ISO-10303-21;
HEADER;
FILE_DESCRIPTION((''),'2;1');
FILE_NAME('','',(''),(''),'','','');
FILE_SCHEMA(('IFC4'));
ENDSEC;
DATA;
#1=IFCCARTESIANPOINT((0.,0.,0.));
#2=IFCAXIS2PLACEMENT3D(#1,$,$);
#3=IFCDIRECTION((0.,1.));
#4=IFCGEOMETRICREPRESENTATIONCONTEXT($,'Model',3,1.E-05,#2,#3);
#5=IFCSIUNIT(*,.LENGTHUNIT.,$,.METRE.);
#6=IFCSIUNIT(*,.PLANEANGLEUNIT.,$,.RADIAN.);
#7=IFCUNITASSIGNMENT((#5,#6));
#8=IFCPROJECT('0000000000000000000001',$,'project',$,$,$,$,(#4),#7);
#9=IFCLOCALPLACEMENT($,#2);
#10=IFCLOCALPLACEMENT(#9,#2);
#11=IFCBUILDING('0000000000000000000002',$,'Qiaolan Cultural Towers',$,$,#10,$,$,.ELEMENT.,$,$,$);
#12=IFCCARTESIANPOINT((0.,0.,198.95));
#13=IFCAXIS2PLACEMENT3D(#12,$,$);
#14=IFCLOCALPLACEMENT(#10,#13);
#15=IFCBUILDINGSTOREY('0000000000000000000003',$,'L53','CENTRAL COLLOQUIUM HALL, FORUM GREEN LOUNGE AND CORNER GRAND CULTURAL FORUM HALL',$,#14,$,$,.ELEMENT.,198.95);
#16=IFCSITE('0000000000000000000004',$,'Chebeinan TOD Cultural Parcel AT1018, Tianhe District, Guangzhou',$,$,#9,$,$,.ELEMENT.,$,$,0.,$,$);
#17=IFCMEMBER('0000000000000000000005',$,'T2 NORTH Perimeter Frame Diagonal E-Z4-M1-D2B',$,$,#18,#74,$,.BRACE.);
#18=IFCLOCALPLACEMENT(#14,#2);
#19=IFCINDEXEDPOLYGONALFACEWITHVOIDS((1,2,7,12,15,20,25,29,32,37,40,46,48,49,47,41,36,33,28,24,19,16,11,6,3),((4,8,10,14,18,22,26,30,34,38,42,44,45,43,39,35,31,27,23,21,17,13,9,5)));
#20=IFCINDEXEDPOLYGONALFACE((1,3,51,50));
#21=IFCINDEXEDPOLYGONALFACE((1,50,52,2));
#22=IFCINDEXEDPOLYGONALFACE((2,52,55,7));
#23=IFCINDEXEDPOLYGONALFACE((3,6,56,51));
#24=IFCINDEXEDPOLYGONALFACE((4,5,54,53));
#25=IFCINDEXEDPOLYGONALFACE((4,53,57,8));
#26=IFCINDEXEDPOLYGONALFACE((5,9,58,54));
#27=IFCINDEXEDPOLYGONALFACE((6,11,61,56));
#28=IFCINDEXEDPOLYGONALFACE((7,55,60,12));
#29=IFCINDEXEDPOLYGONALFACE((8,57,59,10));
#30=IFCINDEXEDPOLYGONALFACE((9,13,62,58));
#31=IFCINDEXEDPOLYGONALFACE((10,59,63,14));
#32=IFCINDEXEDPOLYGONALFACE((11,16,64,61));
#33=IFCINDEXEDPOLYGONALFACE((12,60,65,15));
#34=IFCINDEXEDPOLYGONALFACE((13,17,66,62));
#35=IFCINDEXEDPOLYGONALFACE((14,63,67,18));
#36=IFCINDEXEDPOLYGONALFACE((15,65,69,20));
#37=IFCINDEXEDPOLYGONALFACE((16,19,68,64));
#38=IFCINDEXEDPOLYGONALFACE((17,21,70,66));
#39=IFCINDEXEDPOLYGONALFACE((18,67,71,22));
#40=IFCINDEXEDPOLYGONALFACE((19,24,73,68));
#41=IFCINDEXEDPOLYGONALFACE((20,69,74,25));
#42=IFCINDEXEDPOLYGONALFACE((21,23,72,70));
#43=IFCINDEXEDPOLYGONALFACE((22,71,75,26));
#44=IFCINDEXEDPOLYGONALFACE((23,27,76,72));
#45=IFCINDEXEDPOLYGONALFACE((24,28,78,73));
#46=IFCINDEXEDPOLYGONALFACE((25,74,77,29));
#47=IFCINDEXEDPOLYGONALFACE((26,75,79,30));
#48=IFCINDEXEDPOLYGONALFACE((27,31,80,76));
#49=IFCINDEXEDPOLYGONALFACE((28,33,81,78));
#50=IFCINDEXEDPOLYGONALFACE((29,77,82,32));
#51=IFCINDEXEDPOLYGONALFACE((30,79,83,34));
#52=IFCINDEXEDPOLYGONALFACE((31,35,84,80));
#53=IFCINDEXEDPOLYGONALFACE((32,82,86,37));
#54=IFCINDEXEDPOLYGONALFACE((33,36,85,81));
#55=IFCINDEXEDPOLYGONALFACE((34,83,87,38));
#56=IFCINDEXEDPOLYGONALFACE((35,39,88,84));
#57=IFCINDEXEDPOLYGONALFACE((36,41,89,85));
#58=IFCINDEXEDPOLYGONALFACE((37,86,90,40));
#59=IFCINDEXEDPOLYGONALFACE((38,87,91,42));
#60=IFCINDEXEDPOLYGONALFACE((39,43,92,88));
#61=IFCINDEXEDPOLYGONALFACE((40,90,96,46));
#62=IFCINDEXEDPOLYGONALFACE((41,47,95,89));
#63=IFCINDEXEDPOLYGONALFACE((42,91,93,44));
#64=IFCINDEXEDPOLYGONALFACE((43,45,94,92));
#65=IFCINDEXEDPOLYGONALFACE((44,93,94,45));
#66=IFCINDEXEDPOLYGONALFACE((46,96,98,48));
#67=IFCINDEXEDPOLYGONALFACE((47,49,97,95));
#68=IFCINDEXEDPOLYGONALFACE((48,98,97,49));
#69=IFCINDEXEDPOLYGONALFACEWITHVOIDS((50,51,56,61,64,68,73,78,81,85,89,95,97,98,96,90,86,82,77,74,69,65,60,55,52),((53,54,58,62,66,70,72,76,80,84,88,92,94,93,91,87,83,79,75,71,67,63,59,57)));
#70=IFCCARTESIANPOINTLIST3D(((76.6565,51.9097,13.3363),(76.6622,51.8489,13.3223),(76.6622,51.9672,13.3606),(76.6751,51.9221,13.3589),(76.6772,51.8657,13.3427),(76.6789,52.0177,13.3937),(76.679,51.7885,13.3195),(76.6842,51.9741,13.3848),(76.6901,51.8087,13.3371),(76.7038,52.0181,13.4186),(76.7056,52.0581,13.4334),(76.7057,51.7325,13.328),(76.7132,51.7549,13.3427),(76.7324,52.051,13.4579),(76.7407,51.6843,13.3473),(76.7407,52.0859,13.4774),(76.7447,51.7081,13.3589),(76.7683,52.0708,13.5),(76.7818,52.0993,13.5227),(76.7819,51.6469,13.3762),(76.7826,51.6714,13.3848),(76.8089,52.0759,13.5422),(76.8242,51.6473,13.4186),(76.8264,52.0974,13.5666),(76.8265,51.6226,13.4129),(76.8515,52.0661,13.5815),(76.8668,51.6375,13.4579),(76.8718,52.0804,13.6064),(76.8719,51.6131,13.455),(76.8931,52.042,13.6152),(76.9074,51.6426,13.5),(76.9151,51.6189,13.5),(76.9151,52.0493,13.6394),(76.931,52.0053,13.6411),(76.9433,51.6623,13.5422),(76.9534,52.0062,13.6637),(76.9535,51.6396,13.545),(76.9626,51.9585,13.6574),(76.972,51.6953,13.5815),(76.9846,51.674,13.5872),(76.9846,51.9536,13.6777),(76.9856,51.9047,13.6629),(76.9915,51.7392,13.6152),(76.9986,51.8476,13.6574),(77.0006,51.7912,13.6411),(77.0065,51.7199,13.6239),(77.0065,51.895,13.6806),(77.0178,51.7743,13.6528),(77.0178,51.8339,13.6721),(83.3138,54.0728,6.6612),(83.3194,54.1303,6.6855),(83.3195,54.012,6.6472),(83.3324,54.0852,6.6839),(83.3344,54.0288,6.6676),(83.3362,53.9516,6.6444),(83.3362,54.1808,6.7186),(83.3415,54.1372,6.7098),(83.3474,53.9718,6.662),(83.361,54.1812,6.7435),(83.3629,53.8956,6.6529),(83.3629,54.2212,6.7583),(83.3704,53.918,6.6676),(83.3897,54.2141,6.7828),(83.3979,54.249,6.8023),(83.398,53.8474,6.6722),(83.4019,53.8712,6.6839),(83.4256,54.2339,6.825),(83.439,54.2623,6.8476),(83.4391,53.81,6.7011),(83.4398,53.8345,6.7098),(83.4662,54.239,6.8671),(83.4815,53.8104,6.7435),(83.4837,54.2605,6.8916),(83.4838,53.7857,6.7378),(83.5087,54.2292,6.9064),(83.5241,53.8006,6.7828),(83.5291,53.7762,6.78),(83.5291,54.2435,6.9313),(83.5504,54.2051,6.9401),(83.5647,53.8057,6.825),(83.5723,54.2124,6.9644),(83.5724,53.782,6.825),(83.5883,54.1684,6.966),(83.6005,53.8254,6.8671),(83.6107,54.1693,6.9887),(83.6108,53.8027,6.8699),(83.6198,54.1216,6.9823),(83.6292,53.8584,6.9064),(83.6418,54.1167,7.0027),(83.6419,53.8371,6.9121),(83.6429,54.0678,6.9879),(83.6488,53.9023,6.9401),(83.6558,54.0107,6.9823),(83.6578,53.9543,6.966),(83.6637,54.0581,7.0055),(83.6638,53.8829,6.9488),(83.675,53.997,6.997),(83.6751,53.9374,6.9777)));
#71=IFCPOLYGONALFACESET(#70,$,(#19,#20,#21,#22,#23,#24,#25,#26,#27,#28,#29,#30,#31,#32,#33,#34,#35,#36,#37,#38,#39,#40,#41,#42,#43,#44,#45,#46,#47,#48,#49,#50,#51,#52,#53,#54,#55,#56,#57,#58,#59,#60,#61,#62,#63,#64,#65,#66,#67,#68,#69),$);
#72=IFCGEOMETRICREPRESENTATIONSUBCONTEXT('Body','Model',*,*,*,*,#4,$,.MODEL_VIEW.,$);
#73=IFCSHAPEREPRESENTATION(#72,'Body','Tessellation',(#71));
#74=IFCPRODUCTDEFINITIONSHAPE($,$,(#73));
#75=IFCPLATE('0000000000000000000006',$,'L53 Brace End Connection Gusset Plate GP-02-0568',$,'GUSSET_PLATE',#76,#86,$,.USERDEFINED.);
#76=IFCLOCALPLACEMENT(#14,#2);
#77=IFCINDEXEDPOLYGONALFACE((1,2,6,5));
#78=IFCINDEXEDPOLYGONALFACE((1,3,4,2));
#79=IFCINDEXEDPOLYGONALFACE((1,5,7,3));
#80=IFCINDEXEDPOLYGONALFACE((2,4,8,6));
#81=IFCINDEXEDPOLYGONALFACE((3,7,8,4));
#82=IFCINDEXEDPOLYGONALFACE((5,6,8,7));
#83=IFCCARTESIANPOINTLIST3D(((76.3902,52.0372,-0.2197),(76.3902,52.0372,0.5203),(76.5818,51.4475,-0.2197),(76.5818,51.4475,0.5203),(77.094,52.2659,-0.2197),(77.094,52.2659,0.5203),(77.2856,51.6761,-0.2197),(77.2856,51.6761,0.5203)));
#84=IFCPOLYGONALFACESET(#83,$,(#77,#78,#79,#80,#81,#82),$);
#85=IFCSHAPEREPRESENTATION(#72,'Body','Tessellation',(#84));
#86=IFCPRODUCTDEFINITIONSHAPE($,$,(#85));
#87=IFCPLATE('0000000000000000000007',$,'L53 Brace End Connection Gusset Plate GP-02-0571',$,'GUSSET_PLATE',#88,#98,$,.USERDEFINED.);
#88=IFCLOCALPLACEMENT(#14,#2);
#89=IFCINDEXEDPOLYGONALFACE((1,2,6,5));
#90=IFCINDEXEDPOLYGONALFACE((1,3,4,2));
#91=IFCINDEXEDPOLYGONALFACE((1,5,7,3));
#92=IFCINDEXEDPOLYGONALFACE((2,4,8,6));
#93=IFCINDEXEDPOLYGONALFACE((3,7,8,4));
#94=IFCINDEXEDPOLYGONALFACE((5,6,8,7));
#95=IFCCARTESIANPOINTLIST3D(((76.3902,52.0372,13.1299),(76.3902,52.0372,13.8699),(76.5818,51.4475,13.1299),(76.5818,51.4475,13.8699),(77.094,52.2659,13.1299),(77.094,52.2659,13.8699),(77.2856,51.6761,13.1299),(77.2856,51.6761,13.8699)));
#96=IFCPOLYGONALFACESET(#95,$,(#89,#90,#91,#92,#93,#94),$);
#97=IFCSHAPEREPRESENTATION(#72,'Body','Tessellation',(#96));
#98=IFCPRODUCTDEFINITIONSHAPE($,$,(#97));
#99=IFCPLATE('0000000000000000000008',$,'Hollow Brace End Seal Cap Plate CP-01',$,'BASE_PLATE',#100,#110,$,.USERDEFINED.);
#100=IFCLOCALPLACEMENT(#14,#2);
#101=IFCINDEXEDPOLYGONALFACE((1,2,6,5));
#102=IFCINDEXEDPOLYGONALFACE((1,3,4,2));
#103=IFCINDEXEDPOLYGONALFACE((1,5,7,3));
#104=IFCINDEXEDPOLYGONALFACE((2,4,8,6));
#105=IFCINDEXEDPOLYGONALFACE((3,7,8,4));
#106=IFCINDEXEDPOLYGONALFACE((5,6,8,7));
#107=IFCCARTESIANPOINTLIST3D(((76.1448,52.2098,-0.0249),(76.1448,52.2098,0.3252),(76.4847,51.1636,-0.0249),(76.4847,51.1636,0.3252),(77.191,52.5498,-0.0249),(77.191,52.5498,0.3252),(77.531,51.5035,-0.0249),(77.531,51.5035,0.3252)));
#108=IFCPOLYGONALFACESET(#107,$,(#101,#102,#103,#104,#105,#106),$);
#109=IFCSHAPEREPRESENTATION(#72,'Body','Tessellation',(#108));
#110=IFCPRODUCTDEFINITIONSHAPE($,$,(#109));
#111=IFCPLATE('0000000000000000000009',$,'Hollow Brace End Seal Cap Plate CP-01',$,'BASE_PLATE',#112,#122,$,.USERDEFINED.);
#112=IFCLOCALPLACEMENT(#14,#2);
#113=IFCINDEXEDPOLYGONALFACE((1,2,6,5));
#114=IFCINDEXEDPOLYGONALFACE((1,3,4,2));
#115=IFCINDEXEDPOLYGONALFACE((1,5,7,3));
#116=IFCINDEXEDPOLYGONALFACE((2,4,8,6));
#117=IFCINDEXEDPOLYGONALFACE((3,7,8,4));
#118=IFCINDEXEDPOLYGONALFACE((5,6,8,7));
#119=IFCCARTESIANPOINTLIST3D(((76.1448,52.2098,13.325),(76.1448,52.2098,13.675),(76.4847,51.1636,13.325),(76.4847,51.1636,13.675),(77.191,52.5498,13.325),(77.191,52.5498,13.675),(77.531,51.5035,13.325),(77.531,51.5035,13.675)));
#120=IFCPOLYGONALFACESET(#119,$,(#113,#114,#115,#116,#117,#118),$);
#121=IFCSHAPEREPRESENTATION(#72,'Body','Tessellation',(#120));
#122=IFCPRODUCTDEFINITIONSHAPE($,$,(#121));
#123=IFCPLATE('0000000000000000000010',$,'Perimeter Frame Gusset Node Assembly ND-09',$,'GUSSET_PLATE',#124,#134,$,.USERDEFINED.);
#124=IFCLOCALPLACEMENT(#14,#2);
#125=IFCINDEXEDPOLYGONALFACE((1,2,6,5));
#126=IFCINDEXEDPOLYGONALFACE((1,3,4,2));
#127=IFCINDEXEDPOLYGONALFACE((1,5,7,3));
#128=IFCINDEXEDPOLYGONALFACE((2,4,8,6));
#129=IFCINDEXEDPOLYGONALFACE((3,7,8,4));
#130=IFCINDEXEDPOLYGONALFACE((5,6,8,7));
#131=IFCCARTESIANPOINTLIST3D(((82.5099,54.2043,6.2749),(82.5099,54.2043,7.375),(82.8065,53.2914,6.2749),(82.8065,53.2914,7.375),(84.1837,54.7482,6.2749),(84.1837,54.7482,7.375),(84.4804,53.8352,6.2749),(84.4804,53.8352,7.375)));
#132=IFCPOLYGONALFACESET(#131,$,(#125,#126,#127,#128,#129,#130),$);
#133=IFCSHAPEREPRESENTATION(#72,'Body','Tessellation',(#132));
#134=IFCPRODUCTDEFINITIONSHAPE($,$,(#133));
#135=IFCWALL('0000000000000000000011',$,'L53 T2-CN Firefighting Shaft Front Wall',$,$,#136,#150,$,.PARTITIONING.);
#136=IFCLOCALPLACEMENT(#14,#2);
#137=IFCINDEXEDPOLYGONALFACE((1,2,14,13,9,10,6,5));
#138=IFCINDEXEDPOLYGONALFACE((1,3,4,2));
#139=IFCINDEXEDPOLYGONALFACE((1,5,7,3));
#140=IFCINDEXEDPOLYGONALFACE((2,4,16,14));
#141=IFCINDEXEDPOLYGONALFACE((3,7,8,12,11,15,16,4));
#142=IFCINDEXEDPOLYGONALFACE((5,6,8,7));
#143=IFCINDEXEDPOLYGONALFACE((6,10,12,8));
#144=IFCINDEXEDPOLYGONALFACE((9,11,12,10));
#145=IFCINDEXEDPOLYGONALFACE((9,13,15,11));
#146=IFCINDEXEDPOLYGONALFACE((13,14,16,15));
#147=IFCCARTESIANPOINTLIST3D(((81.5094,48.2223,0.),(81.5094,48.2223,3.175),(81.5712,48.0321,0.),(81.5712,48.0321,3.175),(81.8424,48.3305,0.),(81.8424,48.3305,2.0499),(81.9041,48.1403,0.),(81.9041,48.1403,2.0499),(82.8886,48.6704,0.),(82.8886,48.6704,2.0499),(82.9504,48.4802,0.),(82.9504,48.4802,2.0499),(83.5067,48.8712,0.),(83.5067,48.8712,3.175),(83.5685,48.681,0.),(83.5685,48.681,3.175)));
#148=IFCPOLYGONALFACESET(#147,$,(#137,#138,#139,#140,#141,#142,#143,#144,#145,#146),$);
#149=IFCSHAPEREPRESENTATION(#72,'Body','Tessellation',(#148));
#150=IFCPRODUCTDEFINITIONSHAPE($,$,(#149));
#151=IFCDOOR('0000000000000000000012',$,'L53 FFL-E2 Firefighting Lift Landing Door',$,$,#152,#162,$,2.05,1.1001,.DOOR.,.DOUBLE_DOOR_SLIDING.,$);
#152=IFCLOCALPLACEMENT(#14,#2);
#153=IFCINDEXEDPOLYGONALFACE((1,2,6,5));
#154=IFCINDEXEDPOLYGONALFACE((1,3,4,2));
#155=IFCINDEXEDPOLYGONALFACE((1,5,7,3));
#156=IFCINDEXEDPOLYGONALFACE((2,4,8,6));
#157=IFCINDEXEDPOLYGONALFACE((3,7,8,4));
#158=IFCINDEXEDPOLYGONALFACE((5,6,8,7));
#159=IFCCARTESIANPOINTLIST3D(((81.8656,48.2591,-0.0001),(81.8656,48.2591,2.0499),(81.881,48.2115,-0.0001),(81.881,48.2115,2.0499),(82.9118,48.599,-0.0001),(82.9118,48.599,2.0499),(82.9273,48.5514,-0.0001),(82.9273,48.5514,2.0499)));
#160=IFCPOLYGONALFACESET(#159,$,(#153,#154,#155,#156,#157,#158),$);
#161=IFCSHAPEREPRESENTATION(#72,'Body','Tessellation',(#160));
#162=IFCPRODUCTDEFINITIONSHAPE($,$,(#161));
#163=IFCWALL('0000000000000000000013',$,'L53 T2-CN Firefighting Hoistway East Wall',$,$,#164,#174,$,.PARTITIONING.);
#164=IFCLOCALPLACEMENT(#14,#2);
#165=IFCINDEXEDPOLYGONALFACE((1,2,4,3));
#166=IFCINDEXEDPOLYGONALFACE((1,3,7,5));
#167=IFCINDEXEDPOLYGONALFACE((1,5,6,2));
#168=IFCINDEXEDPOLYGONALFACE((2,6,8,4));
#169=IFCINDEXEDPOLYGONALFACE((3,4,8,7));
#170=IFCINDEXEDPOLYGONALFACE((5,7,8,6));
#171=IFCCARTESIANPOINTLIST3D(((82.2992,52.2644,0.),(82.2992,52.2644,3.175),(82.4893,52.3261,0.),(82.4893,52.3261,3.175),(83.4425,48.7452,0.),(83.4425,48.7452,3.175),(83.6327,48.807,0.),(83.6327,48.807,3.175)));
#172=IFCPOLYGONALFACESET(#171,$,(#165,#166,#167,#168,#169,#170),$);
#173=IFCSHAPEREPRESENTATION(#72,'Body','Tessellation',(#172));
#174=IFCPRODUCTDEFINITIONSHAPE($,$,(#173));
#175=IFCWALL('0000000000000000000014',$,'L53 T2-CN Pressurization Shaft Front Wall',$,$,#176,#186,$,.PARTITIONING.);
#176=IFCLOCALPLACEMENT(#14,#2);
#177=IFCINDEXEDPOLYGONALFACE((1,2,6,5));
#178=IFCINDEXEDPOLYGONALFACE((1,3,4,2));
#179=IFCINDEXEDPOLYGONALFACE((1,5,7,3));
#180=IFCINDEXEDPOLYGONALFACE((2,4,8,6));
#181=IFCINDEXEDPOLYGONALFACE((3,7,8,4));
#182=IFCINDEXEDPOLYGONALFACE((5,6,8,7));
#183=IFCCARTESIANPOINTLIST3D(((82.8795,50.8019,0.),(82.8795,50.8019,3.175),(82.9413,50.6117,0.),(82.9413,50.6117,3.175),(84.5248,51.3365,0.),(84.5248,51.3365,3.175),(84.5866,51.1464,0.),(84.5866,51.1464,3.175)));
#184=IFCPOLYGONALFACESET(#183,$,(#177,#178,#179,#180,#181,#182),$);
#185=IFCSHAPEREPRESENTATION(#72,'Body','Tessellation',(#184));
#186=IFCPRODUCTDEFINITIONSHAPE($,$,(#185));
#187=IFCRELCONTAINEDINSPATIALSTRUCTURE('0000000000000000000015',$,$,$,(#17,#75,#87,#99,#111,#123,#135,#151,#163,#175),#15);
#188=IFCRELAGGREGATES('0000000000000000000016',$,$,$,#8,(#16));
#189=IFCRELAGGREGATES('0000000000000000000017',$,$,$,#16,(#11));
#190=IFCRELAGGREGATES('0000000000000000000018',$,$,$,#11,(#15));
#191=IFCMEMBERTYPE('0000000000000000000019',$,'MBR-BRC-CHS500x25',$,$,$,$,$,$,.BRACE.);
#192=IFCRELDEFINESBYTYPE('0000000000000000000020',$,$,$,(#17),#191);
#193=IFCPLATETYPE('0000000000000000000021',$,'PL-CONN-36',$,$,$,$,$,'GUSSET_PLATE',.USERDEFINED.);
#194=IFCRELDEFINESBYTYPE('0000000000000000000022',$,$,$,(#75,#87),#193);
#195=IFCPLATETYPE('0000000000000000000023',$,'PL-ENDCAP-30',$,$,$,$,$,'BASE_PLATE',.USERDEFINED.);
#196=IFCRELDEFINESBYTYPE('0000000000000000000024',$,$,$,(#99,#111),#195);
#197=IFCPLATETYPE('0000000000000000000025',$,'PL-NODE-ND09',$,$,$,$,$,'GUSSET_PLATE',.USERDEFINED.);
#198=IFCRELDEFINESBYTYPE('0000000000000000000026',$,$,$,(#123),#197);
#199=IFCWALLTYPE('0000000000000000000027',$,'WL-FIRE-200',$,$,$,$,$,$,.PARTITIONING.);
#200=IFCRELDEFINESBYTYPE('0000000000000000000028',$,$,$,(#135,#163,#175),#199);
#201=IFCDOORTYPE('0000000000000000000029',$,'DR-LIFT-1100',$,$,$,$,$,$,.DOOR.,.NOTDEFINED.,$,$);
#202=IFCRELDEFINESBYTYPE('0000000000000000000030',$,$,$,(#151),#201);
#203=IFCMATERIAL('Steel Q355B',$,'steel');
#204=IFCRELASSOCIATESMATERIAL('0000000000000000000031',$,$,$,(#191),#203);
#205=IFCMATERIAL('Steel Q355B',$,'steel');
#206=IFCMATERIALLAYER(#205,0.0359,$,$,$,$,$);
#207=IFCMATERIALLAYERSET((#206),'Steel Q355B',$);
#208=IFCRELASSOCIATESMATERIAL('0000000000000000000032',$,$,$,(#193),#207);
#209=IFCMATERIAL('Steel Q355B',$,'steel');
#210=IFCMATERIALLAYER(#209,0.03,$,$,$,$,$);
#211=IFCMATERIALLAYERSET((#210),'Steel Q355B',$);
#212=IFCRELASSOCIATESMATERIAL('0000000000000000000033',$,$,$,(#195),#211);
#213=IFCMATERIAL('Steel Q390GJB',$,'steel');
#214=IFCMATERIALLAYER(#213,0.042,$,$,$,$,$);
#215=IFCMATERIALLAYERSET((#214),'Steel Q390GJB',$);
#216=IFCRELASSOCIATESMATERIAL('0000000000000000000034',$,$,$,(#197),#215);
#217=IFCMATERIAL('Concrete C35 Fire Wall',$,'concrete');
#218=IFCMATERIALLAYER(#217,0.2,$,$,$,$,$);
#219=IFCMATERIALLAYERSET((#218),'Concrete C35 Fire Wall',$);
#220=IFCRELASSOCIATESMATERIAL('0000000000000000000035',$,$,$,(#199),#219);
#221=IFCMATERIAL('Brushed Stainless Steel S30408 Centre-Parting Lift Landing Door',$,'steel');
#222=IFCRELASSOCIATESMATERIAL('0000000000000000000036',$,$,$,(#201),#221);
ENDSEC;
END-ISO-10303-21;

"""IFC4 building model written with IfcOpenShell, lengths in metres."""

from ifc_helpers import new_model, si_unit, direction, frame, frame_2d, origin, origin_2d, place, context, subcontext, project, spatial, rectangle, hollow_circle, extrude, material, layer, layer_set, material_profile, profile_set, type_object, element, fill, save


model = new_model("IFC4")

# Units and contexts
model_context = context("Model", 3, precision=1e-05, world=origin(), true_north=direction((0.0, 1.0)))
body_context = subcontext(model_context, "Body", "Model", "MODEL_VIEW")
ifc_project = project(units=[si_unit("LENGTHUNIT", "METRE"), si_unit("PLANEANGLEUNIT", "RADIAN")], contexts=[model_context])

# Site, building, storey
site_placement = place(None, origin())
site = spatial("IfcSite", under=ifc_project, at=site_placement, Name="Chebeinan TOD Cultural Parcel AT1018, Tianhe District, Guangzhou", CompositionType="ELEMENT", RefElevation=0.0)
building_placement = place(site_placement, origin())
building = spatial("IfcBuilding", under=site, at=building_placement, Name="Qiaolan Cultural Towers", CompositionType="ELEMENT")
storey_placement = place(building_placement, frame((0.0, 0.0, 198.95)))
storey = spatial("IfcBuildingStorey", under=building, at=storey_placement, Name="L53", Description="CENTRAL COLLOQUIUM HALL, FORUM GREEN LOUNGE AND CORNER GRAND CULTURAL FORUM HALL", CompositionType="ELEMENT", Elevation=198.95)

# Member
ifc_material_1 = material(Name="Steel Q355B", Category="steel")
ifc_material_profile_1 = material_profile(ifc_material_1, hollow_circle(Radius=0.25, WallThickness=0.0249, at=origin_2d()), Name="CHS500x25")
ifc_profile_set_1 = profile_set([ifc_material_profile_1], Name="Steel Q355B")
member_type = type_object("IfcMemberType", Name="MBR-BRC-CHS500x25", PredefinedType="BRACE", material=ifc_profile_set_1)
member_1_placement = place(storey_placement, frame((83.4951, 54.0198, 6.825), z_axis=(-0.688276, -0.223637, 0.690118), x_axis=(0.30902, -0.951056, 0.0)))
element("IfcMember", 1, at=member_1_placement, inside=storey, type_object=member_type, Name="T2 NORTH Perimeter Frame Diagonal E-Z4-M1-D2B", PredefinedType="BRACE", context=body_context, shape_type="SweptSolid", body=[
    extrude(hollow_circle(Radius=0.25, WallThickness=0.0249, at=origin_2d()), origin(), (0.0, 0.0, 1.0), 9.6724),
])

# Plates
ifc_material_2 = material(Name="Steel Q355B", Category="steel")
ifc_layer_1 = layer(ifc_material_2, 0.0359)
ifc_layer_set_1 = layer_set([ifc_layer_1], Name="Steel Q355B")
plate_type_1 = type_object("IfcPlateType", Name="PL-CONN-36", ElementType="GUSSET_PLATE", PredefinedType="USERDEFINED", material=ifc_layer_set_1)
for number, where, z_axis, x_axis, name in (
    (2, (76.8379, 51.8567, -0.2197), (0.0, 0.0, 1.0), (0.951057, 0.309017, 0.0), "L53 Brace End Connection Gusset Plate GP-02-0568"),
    (3, (76.8379, 51.8567, 13.1299), (0.0, 0.0, 1.0), (0.951057, 0.309017, 0.0), "L53 Brace End Connection Gusset Plate GP-02-0571"),
):
    element("IfcPlate", number, at=place(storey_placement, frame(where, z_axis=z_axis, x_axis=x_axis)), inside=storey, type_object=plate_type_1, Name=name, ObjectType="GUSSET_PLATE", PredefinedType="USERDEFINED", context=body_context, shape_type="SweptSolid", body=[
        extrude(rectangle(XDim=0.74, YDim=0.6201, at=origin_2d()), origin(), (0.0, 0.0, 1.0), 0.74),
    ])
ifc_material_3 = material(Name="Steel Q355B", Category="steel")
ifc_layer_2 = layer(ifc_material_3, 0.03)
ifc_layer_set_2 = layer_set([ifc_layer_2], Name="Steel Q355B")
plate_type_2 = type_object("IfcPlateType", Name="PL-ENDCAP-30", ElementType="BASE_PLATE", PredefinedType="USERDEFINED", material=ifc_layer_set_2)
for number, where, z_axis, x_axis, name in (
    (4, (76.8379, 51.8567, -0.0249), (0.0, 0.0, 1.0), (0.951057, 0.309017, 0.0), "Hollow Brace End Seal Cap Plate CP-01"),
    (5, (76.8379, 51.8567, 13.325), (0.0, 0.0, 1.0), (0.951057, 0.309017, 0.0), "Hollow Brace End Seal Cap Plate CP-01"),
):
    element("IfcPlate", number, at=place(storey_placement, frame(where, z_axis=z_axis, x_axis=x_axis)), inside=storey, type_object=plate_type_2, Name=name, ObjectType="BASE_PLATE", PredefinedType="USERDEFINED", context=body_context, shape_type="SweptSolid", body=[
        extrude(rectangle(XDim=1.1001, YDim=1.1001, at=origin_2d()), origin(), (0.0, 0.0, 1.0), 0.3501),
    ])
ifc_material_4 = material(Name="Steel Q390GJB", Category="steel")
ifc_layer_3 = layer(ifc_material_4, 0.042)
ifc_layer_set_3 = layer_set([ifc_layer_3], Name="Steel Q390GJB")
plate_type_3 = type_object("IfcPlateType", Name="PL-NODE-ND09", ElementType="GUSSET_PLATE", PredefinedType="USERDEFINED", material=ifc_layer_set_3)
plate_placement = place(storey_placement, frame((83.4951, 54.0198, 6.2749), z_axis=(0.0, 0.0, 1.0), x_axis=(0.951057, 0.309017, 0.0)))
element("IfcPlate", 6, at=plate_placement, inside=storey, type_object=plate_type_3, Name="Perimeter Frame Gusset Node Assembly ND-09", ObjectType="GUSSET_PLATE", PredefinedType="USERDEFINED", context=body_context, shape_type="SweptSolid", body=[
    extrude(rectangle(XDim=1.76, YDim=0.96, at=origin_2d()), origin(), (0.0, 0.0, 1.0), 1.1001),
])

# Wall, opening, door
ifc_material_5 = material(Name="Concrete C35 Fire Wall", Category="concrete")
ifc_layer_4 = layer(ifc_material_5, 0.2)
ifc_layer_set_4 = layer_set([ifc_layer_4], Name="Concrete C35 Fire Wall")
wall_type_1 = type_object("IfcWallType", Name="WL-FIRE-200", PredefinedType="PARTITIONING", material=ifc_layer_set_4)
wall_1_placement = place(storey_placement, frame((81.5403, 48.1272, 0.0), z_axis=(0.0, 0.0, 1.0), x_axis=(0.951062, 0.308999, 0.0)))
wall_1 = element("IfcWall", 7, at=wall_1_placement, inside=storey, type_object=wall_type_1, Name="L53 T2-CN Firefighting Shaft Front Wall", PredefinedType="PARTITIONING", context=body_context, shape_type="SweptSolid", body=[
    extrude(rectangle(XDim=2.1001, YDim=0.2, at=frame_2d((1.05, 0.0))), origin(), (0.0, 0.0, 1.0), 3.175),
])
opening_1_placement = place(wall_1_placement, frame((0.3501, 0.0, 0.0)))
opening_1 = element("IfcOpeningElement", 8, at=opening_1_placement, cuts=wall_1, PredefinedType="OPENING", context=body_context, shape_type="SweptSolid", body=[
    extrude(rectangle(XDim=1.1001, YDim=2.05, at=frame_2d((0.55, 1.0249))), frame((0.0, 0.1099, 0.0), z_axis=(0.0, -1.0, 0.0), x_axis=(1.0, 0.0, 0.0)), (0.0, 0.0, 1.0), 0.22),
])
ifc_material_6 = material(Name="Brushed Stainless Steel S30408 Centre-Parting Lift Landing Door", Category="steel")
door_type = type_object("IfcDoorType", Name="DR-LIFT-1100", OperationType="NOTDEFINED", PredefinedType="DOOR", material=ifc_material_6)
door_1_placement = place(opening_1_placement, origin())
door_1 = element("IfcDoor", 9, at=door_1_placement, inside=storey, type_object=door_type, Name="L53 FFL-E2 Firefighting Lift Landing Door", OperationType="DOUBLE_DOOR_SLIDING", OverallHeight=2.05, OverallWidth=1.1001, PredefinedType="DOOR", context=body_context, shape_type="SweptSolid", body=[
    extrude(rectangle(XDim=1.1001, YDim=2.05, at=frame_2d((0.55, 1.0249))), frame((0.0, 0.0249, 0.0), z_axis=(0.0, -1.0, 0.0), x_axis=(1.0, 0.0, 0.0)), (0.0, 0.0, 1.0), 0.05),
])
fill(opening_1, door_1)

# Walls
wall_2_placement = place(storey_placement, frame((83.5376, 48.7761, 0.0), z_axis=(0.0, 0.0, 1.0), x_axis=(-0.308994, 0.951064, 0.0)))
element("IfcWall", 10, at=wall_2_placement, inside=storey, type_object=wall_type_1, Name="L53 T2-CN Firefighting Hoistway East Wall", PredefinedType="PARTITIONING", context=body_context, shape_type="SweptSolid", body=[
    extrude(rectangle(XDim=3.7002, YDim=0.2, at=frame_2d((1.8501, 0.0))), origin(), (0.0, 0.0, 1.0), 3.175),
])
wall_3_placement = place(storey_placement, frame((82.9104, 50.7068, 0.0), z_axis=(0.0, 0.0, 1.0), x_axis=(0.951041, 0.309064, 0.0)))
element("IfcWall", 11, at=wall_3_placement, inside=storey, type_object=wall_type_1, Name="L53 T2-CN Pressurization Shaft Front Wall", PredefinedType="PARTITIONING", context=body_context, shape_type="SweptSolid", body=[
    extrude(rectangle(XDim=1.73, YDim=0.2, at=frame_2d((0.865, 0.0))), origin(), (0.0, 0.0, 1.0), 3.175),
])

save(model, "model.ifc")
